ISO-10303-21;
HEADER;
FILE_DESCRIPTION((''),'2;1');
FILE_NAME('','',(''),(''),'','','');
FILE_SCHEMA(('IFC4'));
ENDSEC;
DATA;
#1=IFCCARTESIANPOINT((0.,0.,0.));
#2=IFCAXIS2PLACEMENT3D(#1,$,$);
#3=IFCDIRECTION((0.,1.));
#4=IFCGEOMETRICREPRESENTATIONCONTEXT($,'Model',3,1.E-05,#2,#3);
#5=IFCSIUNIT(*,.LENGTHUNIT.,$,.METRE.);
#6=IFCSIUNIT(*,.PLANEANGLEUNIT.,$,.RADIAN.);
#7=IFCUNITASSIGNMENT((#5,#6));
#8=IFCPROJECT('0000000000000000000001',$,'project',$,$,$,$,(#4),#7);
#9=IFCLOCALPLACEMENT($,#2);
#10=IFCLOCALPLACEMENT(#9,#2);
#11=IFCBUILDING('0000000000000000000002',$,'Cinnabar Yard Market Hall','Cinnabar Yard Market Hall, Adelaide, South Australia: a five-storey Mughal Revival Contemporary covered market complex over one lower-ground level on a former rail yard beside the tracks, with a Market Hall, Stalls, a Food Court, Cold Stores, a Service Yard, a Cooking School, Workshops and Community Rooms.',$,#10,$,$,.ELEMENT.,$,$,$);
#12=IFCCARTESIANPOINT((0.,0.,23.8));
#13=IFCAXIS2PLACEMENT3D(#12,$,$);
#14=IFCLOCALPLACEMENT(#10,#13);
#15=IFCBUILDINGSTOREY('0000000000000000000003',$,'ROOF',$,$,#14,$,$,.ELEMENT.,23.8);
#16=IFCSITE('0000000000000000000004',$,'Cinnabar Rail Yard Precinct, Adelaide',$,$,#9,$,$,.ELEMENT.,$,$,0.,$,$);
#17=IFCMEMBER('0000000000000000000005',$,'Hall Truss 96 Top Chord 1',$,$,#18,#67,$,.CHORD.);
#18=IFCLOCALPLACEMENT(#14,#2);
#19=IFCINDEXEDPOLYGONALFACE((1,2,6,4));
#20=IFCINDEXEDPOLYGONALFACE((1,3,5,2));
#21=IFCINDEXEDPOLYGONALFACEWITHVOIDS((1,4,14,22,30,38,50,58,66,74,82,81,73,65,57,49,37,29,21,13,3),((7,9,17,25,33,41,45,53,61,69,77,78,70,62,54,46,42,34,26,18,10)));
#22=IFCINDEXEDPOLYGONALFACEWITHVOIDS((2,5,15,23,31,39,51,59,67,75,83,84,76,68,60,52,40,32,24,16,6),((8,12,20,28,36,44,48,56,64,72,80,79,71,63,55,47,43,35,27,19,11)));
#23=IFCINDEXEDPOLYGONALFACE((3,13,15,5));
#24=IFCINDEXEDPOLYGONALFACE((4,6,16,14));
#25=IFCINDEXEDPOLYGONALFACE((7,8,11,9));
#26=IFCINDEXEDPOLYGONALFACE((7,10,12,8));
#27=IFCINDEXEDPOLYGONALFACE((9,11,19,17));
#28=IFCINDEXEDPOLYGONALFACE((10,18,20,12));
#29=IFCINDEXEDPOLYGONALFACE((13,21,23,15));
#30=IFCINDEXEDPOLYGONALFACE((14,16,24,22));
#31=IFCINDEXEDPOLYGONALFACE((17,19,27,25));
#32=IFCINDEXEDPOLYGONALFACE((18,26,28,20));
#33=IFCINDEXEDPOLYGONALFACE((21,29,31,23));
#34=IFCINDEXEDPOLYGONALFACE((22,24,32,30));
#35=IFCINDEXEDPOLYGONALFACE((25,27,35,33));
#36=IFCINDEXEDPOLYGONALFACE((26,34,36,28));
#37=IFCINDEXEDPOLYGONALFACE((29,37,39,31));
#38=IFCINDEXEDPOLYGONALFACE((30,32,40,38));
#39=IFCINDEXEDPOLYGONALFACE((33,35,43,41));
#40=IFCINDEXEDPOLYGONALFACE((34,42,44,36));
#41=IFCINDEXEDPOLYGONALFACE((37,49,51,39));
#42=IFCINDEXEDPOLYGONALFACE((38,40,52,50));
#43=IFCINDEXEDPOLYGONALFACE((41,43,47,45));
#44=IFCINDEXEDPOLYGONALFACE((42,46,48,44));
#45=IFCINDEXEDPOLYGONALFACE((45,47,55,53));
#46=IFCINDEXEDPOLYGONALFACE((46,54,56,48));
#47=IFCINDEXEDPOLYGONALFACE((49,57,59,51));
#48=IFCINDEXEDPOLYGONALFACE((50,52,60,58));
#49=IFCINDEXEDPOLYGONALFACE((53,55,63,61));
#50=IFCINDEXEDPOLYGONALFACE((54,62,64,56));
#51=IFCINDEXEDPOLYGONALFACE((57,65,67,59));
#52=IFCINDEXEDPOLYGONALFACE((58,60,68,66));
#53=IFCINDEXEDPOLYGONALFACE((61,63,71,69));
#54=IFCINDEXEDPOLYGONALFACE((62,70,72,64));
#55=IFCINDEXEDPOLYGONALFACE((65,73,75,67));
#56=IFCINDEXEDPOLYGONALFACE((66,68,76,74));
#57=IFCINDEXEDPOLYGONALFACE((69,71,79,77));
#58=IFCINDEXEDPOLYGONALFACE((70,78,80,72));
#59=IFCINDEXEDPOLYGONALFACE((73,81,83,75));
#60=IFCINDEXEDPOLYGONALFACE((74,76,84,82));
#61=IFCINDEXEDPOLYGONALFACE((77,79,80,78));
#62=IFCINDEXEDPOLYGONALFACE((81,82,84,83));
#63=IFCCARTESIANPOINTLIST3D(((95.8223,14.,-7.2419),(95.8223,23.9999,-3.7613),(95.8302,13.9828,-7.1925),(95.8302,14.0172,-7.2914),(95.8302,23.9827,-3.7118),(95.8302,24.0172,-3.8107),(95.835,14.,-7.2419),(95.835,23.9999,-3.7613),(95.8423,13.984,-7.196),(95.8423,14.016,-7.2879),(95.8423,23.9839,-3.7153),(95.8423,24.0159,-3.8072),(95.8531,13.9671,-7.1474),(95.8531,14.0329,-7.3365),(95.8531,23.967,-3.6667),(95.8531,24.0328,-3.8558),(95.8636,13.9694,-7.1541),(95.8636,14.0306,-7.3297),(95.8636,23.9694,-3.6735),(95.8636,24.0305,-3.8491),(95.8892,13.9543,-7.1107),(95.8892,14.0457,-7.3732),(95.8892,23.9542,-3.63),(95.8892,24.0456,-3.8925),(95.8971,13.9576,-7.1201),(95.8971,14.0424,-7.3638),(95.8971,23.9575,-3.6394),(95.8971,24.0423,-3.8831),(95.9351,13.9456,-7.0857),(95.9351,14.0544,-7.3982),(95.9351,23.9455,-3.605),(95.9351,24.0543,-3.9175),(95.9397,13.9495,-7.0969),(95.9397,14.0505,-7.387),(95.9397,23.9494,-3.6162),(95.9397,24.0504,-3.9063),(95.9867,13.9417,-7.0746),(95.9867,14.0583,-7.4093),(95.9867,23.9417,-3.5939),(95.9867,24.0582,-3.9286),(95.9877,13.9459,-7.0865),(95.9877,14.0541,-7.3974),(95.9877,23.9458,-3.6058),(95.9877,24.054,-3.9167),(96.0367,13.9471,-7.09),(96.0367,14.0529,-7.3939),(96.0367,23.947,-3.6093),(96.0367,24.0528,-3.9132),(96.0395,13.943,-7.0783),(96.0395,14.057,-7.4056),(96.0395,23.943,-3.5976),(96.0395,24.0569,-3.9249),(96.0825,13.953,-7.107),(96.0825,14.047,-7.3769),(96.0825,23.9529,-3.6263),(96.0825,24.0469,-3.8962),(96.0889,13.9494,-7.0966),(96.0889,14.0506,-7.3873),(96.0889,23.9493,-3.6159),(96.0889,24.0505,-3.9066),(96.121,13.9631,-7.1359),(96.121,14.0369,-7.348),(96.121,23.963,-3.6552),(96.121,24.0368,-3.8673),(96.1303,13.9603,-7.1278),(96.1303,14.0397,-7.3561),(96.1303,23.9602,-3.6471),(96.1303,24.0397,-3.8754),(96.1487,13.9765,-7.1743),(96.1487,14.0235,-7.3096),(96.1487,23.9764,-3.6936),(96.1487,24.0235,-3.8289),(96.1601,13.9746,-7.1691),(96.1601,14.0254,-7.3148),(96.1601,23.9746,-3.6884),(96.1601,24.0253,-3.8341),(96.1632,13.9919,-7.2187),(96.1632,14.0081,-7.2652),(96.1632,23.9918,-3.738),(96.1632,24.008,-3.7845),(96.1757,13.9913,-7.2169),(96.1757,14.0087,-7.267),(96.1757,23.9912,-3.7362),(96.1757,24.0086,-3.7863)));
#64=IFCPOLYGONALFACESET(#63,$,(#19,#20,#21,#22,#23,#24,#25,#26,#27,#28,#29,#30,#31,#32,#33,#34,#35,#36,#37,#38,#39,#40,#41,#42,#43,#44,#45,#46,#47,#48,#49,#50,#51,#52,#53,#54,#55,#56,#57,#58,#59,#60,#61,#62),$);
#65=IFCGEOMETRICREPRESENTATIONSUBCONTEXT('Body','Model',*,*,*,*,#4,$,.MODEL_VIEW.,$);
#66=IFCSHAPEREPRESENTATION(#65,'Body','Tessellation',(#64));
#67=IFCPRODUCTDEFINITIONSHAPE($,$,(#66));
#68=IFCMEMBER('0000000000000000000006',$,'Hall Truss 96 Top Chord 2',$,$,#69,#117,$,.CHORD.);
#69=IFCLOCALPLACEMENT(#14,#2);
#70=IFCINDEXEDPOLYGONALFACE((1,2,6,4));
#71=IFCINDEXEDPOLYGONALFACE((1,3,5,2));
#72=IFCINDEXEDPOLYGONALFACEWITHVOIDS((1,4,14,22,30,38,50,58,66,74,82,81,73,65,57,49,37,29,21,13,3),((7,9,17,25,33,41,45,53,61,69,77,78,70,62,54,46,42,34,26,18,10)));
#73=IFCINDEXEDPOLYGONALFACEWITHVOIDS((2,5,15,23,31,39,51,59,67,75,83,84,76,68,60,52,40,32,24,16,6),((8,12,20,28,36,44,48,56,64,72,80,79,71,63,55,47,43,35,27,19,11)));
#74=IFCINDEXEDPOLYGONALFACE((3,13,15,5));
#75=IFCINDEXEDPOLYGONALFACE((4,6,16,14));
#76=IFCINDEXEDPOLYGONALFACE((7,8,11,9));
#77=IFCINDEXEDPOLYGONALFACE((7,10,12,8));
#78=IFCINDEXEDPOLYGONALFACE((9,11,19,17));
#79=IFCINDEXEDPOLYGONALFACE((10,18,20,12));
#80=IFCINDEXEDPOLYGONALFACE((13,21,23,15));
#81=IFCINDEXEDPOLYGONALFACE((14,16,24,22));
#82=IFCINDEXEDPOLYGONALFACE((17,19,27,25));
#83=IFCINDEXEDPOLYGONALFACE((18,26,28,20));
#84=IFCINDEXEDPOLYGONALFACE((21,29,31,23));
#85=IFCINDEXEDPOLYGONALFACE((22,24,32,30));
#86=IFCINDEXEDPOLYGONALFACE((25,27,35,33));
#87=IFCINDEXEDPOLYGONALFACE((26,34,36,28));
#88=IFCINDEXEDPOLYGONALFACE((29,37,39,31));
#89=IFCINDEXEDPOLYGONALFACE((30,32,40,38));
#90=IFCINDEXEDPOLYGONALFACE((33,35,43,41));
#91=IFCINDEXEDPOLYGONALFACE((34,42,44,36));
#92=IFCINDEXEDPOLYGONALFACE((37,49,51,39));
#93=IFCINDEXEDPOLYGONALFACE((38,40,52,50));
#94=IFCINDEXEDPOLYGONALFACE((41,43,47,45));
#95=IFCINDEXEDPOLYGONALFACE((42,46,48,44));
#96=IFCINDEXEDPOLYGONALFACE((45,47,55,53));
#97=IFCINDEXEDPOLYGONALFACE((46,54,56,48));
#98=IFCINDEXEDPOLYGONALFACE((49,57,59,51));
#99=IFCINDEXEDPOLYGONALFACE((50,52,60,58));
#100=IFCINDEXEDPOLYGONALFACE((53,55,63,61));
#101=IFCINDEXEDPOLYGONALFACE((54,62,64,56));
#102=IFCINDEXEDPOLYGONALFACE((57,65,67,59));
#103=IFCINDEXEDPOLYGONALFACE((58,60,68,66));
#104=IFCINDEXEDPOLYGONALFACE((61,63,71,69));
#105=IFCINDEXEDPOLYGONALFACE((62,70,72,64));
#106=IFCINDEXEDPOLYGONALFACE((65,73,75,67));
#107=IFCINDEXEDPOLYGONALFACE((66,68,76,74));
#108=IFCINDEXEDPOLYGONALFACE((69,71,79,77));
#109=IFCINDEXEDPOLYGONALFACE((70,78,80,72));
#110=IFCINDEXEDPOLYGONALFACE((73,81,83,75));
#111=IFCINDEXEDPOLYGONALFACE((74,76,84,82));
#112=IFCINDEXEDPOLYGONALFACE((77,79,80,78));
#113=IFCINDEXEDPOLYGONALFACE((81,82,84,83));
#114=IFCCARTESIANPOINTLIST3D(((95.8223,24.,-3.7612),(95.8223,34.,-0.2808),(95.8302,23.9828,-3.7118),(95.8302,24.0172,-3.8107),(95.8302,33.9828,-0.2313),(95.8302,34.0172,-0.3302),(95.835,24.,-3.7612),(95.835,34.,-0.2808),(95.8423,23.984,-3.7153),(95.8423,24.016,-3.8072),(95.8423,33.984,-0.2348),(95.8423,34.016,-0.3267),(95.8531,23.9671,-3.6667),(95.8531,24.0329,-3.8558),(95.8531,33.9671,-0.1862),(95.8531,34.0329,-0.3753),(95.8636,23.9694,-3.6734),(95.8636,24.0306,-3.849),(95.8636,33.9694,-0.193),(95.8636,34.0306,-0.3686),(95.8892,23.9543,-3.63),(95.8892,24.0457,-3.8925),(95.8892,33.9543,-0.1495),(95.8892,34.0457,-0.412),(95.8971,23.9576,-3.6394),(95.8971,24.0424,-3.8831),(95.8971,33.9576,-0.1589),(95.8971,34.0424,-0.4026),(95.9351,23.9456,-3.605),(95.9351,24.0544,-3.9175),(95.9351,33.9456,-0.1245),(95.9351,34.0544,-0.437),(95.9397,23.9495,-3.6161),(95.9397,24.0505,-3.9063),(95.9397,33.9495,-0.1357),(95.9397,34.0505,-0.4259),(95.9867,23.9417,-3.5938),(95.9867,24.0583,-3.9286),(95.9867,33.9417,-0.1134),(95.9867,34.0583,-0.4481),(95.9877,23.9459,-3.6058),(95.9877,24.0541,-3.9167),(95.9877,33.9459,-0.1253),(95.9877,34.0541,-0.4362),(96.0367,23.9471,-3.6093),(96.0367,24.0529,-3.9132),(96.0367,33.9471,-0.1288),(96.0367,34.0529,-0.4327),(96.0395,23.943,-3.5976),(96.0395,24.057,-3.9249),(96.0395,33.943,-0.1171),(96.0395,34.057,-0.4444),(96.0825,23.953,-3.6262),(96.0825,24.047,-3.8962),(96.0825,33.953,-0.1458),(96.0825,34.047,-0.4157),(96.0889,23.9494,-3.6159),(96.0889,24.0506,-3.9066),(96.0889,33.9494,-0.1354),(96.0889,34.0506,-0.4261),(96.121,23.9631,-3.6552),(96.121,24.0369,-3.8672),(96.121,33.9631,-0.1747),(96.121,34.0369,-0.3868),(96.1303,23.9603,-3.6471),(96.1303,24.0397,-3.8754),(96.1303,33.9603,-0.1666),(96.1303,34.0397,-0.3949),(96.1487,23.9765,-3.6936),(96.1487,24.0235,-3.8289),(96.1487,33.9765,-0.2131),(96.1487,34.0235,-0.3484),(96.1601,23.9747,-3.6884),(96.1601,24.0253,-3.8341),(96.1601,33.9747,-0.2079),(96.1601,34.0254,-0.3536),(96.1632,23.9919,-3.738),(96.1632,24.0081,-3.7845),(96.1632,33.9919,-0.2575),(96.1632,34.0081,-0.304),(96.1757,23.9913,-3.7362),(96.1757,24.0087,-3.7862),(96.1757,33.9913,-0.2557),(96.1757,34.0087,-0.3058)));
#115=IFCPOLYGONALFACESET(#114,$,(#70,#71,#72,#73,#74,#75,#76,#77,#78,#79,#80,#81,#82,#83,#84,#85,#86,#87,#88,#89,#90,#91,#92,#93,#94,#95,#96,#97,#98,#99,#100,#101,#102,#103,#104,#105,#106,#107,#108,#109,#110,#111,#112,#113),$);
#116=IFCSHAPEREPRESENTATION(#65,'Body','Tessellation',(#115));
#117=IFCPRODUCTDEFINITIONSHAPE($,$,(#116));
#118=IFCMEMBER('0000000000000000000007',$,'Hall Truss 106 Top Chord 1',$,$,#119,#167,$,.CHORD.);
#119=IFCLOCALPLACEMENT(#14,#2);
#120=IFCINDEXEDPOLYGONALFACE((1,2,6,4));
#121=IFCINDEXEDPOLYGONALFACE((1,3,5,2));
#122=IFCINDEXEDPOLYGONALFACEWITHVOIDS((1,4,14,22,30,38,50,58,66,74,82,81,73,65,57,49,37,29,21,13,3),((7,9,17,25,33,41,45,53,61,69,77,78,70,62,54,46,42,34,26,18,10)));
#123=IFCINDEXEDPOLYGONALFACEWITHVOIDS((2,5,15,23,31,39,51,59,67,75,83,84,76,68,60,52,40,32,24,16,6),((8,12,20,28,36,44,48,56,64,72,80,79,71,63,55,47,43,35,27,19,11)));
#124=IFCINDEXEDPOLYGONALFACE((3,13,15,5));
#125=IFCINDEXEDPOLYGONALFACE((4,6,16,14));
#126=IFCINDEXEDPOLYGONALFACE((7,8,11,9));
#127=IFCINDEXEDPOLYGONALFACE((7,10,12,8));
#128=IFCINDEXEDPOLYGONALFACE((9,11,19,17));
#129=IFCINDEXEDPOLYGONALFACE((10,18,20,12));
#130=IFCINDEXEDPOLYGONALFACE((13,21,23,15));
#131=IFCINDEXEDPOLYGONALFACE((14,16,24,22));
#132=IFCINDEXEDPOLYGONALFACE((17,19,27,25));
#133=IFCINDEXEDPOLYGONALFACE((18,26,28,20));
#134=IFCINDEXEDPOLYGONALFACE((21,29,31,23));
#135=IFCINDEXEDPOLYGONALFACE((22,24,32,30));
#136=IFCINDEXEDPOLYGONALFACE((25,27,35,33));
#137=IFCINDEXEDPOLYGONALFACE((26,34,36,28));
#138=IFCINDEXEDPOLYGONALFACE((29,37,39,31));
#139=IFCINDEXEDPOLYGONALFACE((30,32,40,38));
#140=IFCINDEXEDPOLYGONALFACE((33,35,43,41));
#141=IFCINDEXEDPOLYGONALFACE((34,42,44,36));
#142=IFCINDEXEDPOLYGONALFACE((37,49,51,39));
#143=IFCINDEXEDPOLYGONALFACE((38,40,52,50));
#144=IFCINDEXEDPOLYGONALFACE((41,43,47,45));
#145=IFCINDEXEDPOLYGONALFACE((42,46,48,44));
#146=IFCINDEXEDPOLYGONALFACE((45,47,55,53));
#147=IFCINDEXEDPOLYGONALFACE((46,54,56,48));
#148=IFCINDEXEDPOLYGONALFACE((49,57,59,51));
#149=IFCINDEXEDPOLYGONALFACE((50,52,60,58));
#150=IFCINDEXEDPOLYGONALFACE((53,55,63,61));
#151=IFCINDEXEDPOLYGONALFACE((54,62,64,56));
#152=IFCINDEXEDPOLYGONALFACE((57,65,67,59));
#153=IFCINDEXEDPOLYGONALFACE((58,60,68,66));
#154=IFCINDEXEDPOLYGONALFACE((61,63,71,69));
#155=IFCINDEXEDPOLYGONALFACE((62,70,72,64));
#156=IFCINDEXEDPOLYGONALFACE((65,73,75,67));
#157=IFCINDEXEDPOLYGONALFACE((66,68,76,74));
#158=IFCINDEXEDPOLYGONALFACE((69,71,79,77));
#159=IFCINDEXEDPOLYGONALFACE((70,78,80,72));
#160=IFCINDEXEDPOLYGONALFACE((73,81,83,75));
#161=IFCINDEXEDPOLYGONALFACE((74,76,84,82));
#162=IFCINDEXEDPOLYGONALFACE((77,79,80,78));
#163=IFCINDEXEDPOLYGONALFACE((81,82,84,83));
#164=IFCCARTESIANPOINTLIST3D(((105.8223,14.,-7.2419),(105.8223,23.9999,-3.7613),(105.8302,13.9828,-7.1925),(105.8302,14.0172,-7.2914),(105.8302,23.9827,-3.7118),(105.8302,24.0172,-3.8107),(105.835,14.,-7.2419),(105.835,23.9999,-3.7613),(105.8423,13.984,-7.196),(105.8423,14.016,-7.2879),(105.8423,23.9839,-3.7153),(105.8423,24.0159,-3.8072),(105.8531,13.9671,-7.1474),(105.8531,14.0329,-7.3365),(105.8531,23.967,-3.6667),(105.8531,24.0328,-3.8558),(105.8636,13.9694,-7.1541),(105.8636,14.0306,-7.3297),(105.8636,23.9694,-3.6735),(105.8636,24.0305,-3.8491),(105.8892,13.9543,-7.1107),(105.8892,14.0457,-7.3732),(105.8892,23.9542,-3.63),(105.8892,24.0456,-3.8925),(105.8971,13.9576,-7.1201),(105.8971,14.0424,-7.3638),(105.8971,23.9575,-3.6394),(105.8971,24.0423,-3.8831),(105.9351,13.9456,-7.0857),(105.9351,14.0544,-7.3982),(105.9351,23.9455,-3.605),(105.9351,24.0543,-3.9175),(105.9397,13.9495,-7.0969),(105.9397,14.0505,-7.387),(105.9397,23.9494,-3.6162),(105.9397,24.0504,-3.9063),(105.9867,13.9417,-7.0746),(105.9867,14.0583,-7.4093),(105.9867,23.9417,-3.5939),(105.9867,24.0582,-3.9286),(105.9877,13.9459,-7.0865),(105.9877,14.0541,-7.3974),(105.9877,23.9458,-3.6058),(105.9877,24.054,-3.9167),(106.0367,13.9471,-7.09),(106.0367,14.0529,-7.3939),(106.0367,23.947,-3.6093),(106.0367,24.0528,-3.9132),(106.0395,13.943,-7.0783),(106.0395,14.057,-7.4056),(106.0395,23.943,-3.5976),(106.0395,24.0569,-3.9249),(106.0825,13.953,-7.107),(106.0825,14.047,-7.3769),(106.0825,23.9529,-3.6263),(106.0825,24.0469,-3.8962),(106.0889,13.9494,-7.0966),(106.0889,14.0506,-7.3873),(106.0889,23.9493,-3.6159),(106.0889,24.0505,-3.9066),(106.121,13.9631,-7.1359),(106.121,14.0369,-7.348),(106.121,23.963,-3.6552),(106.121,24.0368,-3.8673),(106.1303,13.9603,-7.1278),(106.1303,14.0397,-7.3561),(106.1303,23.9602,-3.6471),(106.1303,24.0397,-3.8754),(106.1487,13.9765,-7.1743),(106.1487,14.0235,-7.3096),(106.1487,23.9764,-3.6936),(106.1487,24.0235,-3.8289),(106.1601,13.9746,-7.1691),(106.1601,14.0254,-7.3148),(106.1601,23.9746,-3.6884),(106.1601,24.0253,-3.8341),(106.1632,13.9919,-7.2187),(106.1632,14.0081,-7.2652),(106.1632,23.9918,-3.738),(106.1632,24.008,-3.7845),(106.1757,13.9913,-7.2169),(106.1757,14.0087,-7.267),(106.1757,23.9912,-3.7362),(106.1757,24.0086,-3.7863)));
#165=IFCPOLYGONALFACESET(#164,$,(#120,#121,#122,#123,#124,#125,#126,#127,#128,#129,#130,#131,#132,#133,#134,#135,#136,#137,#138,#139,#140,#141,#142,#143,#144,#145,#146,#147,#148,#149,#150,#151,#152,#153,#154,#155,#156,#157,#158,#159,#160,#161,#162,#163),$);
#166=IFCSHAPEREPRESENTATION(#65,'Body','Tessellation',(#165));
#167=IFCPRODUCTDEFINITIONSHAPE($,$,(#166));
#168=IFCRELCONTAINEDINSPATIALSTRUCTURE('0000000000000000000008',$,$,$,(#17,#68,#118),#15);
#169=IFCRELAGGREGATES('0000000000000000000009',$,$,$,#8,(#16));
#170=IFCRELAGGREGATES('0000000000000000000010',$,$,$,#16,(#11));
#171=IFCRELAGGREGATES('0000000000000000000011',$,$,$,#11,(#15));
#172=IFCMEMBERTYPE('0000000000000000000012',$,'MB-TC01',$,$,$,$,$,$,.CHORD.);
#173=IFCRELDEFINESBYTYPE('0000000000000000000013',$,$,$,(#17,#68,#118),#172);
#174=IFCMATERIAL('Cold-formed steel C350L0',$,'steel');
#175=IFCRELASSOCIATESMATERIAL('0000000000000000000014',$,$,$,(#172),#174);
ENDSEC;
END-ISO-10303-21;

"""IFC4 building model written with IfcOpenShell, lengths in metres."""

from ifc_helpers import new_model, si_unit, direction, frame, origin, origin_2d_with_axis, place, context, subcontext, project, spatial, hollow_circle, extrude, material, material_profile, profile_set, type_object, element, save


model = new_model("IFC4")

# Units and contexts
model_context = context("Model", 3, precision=1e-05, world=origin(), true_north=direction((0.0, 1.0)))
body_context = subcontext(model_context, "Body", "Model", "MODEL_VIEW")
ifc_project = project(units=[si_unit("LENGTHUNIT", "METRE"), si_unit("PLANEANGLEUNIT", "RADIAN")], contexts=[model_context])

# Site, building, storey
site_placement = place(None, origin())
site = spatial("IfcSite", under=ifc_project, at=site_placement, Name="Cinnabar Rail Yard Precinct, Adelaide", CompositionType="ELEMENT", RefElevation=0.0)
building_placement = place(site_placement, origin())
building = spatial("IfcBuilding", under=site, at=building_placement, Name="Cinnabar Yard Market Hall", Description="Cinnabar Yard Market Hall, Adelaide, South Australia: a five-storey Mughal Revival Contemporary covered market complex over one lower-ground level on a former rail yard beside the tracks, with a Market Hall, Stalls, a Food Court, Cold Stores, a Service Yard, a Cooking School, Workshops and Community Rooms.", CompositionType="ELEMENT")
storey_placement = place(building_placement, frame((0.0, 0.0, 23.8)))
storey = spatial("IfcBuildingStorey", under=building, at=storey_placement, Name="ROOF", CompositionType="ELEMENT", Elevation=23.8)

# Shared definitions
ifc_material_1 = material(Name="Cold-formed steel C350L0", Category="steel")

# Members
ifc_material_profile_1 = material_profile(ifc_material_1, hollow_circle(Radius=0.1777, WallThickness=0.0127, at=origin_2d_with_axis()), Name="355.6x12.7CHS")
ifc_profile_set_1 = profile_set([ifc_material_profile_1], Name="Cold-formed steel C350L0")
member_type_1 = type_object("IfcMemberType", Name="MB-TC01", PredefinedType="CHORD", material=ifc_profile_set_1)
for number, where, z_axis, x_axis, name in (
    (1, (96.0, 14.0, -7.2419), (0.0, 0.944425, 0.328727), (-1.0, 0.0, 0.0), "Hall Truss 96 Top Chord 1"),
    (2, (96.0, 24.0, -3.7612), (0.0, 0.944432, 0.328707), (-1.0, 0.0, 0.0), "Hall Truss 96 Top Chord 2"),
    (3, (106.0, 14.0, -7.2419), (0.0, 0.944425, 0.328727), (-1.0, 0.0, 0.0), "Hall Truss 106 Top Chord 1"),
):
    element("IfcMember", number, at=place(storey_placement, frame(where, z_axis=z_axis, x_axis=x_axis)), inside=storey, type_object=member_type_1, Name=name, PredefinedType="CHORD", context=body_context, shape_type="SweptSolid", body=[
        extrude(hollow_circle(Radius=0.1777, WallThickness=0.0127, at=origin_2d_with_axis()), origin(), (0.0, 0.0, 1.0), 10.5884),
    ])

save(model, "model.ifc")
